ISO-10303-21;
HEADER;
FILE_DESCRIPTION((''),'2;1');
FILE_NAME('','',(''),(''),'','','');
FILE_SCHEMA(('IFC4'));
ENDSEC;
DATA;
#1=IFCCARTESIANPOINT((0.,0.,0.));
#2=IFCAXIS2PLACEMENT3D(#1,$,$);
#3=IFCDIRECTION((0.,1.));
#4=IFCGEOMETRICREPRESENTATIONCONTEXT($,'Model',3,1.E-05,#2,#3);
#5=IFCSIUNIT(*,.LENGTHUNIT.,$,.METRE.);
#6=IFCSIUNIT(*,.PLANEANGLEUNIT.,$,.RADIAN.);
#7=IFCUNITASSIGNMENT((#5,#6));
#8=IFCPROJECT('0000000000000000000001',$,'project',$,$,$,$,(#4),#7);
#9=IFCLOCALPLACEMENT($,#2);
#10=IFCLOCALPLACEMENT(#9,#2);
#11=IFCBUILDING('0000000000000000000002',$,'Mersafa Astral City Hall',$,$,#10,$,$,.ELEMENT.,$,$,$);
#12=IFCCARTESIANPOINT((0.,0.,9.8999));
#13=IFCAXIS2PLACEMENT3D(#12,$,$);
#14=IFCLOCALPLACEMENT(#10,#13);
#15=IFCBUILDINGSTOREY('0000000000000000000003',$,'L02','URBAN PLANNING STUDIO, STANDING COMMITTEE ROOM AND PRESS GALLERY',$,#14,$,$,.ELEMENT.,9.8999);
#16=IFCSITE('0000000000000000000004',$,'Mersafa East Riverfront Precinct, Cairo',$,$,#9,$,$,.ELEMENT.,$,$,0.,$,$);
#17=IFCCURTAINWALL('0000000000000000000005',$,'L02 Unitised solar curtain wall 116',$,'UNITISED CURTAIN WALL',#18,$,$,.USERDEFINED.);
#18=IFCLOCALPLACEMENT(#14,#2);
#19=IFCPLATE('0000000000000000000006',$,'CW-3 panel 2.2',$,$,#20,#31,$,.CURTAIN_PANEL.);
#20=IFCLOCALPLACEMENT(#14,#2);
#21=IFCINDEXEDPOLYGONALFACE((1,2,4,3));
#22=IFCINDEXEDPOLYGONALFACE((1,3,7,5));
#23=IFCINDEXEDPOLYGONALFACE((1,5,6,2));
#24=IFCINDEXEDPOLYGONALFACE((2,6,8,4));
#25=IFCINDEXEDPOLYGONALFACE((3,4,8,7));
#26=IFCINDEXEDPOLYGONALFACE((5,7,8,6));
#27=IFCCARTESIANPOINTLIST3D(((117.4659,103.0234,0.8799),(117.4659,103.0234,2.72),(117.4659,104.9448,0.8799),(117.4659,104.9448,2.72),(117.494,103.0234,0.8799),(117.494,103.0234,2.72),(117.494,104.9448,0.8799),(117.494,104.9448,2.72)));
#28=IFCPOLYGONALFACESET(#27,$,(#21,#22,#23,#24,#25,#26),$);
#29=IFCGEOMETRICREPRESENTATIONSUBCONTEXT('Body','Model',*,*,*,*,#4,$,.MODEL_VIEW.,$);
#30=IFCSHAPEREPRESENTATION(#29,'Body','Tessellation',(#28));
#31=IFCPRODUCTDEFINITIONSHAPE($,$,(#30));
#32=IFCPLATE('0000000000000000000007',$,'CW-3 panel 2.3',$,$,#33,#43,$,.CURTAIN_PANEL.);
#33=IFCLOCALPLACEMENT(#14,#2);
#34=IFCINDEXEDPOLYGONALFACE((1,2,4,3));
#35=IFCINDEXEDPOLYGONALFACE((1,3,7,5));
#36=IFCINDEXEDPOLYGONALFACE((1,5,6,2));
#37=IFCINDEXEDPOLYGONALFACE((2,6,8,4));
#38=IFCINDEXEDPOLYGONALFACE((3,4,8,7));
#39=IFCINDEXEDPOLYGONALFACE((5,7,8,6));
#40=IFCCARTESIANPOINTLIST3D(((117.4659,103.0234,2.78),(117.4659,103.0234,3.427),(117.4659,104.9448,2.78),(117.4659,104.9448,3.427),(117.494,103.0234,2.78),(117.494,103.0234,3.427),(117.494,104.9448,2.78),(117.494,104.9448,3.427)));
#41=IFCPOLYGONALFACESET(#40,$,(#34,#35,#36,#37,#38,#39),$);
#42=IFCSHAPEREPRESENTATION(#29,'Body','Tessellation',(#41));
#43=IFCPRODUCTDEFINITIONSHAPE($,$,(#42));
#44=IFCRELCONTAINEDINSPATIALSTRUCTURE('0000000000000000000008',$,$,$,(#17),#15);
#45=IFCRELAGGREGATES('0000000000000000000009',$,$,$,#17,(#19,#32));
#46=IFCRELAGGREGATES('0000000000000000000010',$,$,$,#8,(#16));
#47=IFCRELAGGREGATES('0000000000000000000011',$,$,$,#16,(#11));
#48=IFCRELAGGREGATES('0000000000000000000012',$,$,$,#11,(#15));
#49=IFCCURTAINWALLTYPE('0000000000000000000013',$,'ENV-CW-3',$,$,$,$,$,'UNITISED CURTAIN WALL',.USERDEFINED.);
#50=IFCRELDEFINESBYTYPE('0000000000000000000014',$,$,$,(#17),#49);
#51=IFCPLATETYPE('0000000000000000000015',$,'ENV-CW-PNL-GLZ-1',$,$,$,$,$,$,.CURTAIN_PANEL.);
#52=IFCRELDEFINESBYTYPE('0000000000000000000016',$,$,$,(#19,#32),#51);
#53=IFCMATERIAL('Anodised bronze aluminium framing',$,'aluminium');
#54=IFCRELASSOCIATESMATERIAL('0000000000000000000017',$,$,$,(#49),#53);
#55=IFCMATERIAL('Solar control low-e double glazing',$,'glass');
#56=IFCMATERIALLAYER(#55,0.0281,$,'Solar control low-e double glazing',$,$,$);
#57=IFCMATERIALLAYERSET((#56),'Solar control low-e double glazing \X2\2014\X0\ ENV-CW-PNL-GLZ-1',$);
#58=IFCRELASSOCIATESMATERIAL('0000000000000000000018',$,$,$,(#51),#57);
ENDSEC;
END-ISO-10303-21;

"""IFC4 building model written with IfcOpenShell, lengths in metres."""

from ifc_helpers import new_model, si_unit, direction, frame, origin, origin_2d, place, context, subcontext, project, spatial, rectangle, extrude, material, layer, layer_set, type_object, element, aggregate, save


model = new_model("IFC4")

# Units and contexts
model_context = context("Model", 3, precision=1e-05, world=origin(), true_north=direction((0.0, 1.0)))
body_context = subcontext(model_context, "Body", "Model", "MODEL_VIEW")
ifc_project = project(units=[si_unit("LENGTHUNIT", "METRE"), si_unit("PLANEANGLEUNIT", "RADIAN")], contexts=[model_context])

# Site, building, storey
site_placement = place(None, origin())
site = spatial("IfcSite", under=ifc_project, at=site_placement, Name="Mersafa East Riverfront Precinct, Cairo", CompositionType="ELEMENT", RefElevation=0.0)
building_placement = place(site_placement, origin())
building = spatial("IfcBuilding", under=site, at=building_placement, Name="Mersafa Astral City Hall", CompositionType="ELEMENT")
storey_placement = place(building_placement, frame((0.0, 0.0, 9.8999)))
storey = spatial("IfcBuildingStorey", under=building, at=storey_placement, Name="L02", Description="URBAN PLANNING STUDIO, STANDING COMMITTEE ROOM AND PRESS GALLERY", CompositionType="ELEMENT", Elevation=9.8999)

# Curtain wall
ifc_material_1 = material(Name="Anodised bronze aluminium framing", Category="aluminium")
curtain_wall_type = type_object("IfcCurtainWallType", Name="ENV-CW-3", ElementType="UNITISED CURTAIN WALL", PredefinedType="USERDEFINED", material=ifc_material_1)
curtain_wall_placement = place(storey_placement, origin())
curtain_wall = element("IfcCurtainWall", 1, at=curtain_wall_placement, inside=storey, type_object=curtain_wall_type, Name="L02 Unitised solar curtain wall 116", ObjectType="UNITISED CURTAIN WALL", PredefinedType="USERDEFINED")

# Plates
ifc_material_2 = material(Name="Solar control low-e double glazing", Category="glass")
ifc_layer = layer(ifc_material_2, 0.0281, Name="Solar control low-e double glazing")
ifc_layer_set = layer_set([ifc_layer], Name="Solar control low-e double glazing — ENV-CW-PNL-GLZ-1")
plate_type = type_object("IfcPlateType", Name="ENV-CW-PNL-GLZ-1", PredefinedType="CURTAIN_PANEL", material=ifc_layer_set)
plate_1_placement = place(storey_placement, frame((117.48, 103.9841, 0.8799), z_axis=(0.0, 0.0, 1.0), x_axis=(0.0, 1.0, 0.0)))
plate_1 = element("IfcPlate", 2, at=plate_1_placement, type_object=plate_type, Name="CW-3 panel 2.2", PredefinedType="CURTAIN_PANEL", context=body_context, shape_type="SweptSolid", body=[
    extrude(rectangle(XDim=1.9214, YDim=0.0281, at=origin_2d()), origin(), (0.0, 0.0, 1.0), 1.8401),
])
plate_2_placement = place(storey_placement, frame((117.48, 103.9841, 2.78), z_axis=(0.0, 0.0, 1.0), x_axis=(0.0, 1.0, 0.0)))
plate_2 = element("IfcPlate", 3, at=plate_2_placement, type_object=plate_type, Name="CW-3 panel 2.3", PredefinedType="CURTAIN_PANEL", context=body_context, shape_type="SweptSolid", body=[
    extrude(rectangle(XDim=1.9214, YDim=0.0281, at=origin_2d()), origin(), (0.0, 0.0, 1.0), 0.647),
])
aggregate(curtain_wall, [plate_1, plate_2])

save(model, "model.ifc")
